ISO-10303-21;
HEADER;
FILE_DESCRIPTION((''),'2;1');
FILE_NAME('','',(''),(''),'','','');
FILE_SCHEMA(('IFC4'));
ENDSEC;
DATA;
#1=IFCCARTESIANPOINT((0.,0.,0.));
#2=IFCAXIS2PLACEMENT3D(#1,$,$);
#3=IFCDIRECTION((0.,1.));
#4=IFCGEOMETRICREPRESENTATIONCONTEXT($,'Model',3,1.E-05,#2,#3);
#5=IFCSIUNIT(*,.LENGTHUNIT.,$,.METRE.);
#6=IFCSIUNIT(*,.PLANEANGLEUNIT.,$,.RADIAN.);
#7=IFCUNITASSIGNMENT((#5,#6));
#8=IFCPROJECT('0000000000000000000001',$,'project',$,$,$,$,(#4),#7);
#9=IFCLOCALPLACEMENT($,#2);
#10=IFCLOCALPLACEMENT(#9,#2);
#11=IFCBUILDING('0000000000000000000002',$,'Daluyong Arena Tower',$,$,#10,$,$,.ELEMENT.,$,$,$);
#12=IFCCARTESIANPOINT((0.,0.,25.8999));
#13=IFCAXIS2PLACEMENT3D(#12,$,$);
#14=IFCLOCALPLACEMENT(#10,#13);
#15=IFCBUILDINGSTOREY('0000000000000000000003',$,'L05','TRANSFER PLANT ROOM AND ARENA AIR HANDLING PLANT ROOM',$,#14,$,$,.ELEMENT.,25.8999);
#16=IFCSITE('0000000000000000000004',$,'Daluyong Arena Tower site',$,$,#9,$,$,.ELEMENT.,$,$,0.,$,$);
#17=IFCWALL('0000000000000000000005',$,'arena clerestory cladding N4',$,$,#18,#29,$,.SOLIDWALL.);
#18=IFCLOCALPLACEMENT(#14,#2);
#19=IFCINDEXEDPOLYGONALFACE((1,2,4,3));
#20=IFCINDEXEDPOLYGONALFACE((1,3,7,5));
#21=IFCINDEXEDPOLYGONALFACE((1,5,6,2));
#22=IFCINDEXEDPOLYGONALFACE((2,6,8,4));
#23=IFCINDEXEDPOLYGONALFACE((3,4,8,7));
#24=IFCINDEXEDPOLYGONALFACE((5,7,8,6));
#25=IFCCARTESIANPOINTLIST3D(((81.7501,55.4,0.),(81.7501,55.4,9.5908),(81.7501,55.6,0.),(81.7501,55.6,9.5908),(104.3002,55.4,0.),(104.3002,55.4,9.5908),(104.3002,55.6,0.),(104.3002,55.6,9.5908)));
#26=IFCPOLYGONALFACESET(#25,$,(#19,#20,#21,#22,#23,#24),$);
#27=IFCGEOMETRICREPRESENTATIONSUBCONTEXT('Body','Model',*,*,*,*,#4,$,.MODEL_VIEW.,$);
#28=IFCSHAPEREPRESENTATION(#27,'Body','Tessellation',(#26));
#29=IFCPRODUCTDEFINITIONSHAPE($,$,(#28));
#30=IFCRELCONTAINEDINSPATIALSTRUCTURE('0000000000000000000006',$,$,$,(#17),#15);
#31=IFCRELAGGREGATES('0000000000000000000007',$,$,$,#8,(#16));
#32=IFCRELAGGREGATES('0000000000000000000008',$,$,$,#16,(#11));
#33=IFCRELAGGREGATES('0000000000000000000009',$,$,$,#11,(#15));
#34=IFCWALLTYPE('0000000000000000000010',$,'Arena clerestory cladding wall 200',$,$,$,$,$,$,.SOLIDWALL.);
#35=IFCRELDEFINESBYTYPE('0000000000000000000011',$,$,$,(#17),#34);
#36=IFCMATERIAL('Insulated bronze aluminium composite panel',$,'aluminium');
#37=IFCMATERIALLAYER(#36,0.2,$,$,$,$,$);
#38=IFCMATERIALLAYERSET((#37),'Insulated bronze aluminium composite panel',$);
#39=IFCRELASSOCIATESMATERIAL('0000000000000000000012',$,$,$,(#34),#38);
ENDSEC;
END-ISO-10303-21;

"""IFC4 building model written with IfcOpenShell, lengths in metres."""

from ifc_helpers import new_model, si_unit, direction, frame, frame_2d, origin, place, context, subcontext, project, spatial, rectangle, extrude, material, layer, layer_set, type_object, element, save


model = new_model("IFC4")

# Units and contexts
model_context = context("Model", 3, precision=1e-05, world=origin(), true_north=direction((0.0, 1.0)))
body_context = subcontext(model_context, "Body", "Model", "MODEL_VIEW")
ifc_project = project(units=[si_unit("LENGTHUNIT", "METRE"), si_unit("PLANEANGLEUNIT", "RADIAN")], contexts=[model_context])

# Site, building, storey
site_placement = place(None, origin())
site = spatial("IfcSite", under=ifc_project, at=site_placement, Name="Daluyong Arena Tower site", CompositionType="ELEMENT", RefElevation=0.0)
building_placement = place(site_placement, origin())
building = spatial("IfcBuilding", under=site, at=building_placement, Name="Daluyong Arena Tower", CompositionType="ELEMENT")
storey_placement = place(building_placement, frame((0.0, 0.0, 25.8999)))
storey = spatial("IfcBuildingStorey", under=building, at=storey_placement, Name="L05", Description="TRANSFER PLANT ROOM AND ARENA AIR HANDLING PLANT ROOM", CompositionType="ELEMENT", Elevation=25.8999)

# Wall
ifc_material_1 = material(Name="Insulated bronze aluminium composite panel", Category="aluminium")
ifc_layer = layer(ifc_material_1, 0.2)
ifc_layer_set = layer_set([ifc_layer], Name="Insulated bronze aluminium composite panel")
wall_type = type_object("IfcWallType", Name="Arena clerestory cladding wall 200", PredefinedType="SOLIDWALL", material=ifc_layer_set)
wall_1_placement = place(storey_placement, frame((104.3, 55.5, 0.0), z_axis=(0.0, 0.0, 1.0), x_axis=(-1.0, 0.0, 0.0)))
element("IfcWall", 1, at=wall_1_placement, inside=storey, type_object=wall_type, Name="arena clerestory cladding N4", PredefinedType="SOLIDWALL", context=body_context, shape_type="SweptSolid", body=[
    extrude(rectangle(XDim=22.55, YDim=0.2, at=frame_2d((11.2749, 0.0))), origin(), (0.0, 0.0, 1.0), 9.5908),
])

save(model, "model.ifc")
